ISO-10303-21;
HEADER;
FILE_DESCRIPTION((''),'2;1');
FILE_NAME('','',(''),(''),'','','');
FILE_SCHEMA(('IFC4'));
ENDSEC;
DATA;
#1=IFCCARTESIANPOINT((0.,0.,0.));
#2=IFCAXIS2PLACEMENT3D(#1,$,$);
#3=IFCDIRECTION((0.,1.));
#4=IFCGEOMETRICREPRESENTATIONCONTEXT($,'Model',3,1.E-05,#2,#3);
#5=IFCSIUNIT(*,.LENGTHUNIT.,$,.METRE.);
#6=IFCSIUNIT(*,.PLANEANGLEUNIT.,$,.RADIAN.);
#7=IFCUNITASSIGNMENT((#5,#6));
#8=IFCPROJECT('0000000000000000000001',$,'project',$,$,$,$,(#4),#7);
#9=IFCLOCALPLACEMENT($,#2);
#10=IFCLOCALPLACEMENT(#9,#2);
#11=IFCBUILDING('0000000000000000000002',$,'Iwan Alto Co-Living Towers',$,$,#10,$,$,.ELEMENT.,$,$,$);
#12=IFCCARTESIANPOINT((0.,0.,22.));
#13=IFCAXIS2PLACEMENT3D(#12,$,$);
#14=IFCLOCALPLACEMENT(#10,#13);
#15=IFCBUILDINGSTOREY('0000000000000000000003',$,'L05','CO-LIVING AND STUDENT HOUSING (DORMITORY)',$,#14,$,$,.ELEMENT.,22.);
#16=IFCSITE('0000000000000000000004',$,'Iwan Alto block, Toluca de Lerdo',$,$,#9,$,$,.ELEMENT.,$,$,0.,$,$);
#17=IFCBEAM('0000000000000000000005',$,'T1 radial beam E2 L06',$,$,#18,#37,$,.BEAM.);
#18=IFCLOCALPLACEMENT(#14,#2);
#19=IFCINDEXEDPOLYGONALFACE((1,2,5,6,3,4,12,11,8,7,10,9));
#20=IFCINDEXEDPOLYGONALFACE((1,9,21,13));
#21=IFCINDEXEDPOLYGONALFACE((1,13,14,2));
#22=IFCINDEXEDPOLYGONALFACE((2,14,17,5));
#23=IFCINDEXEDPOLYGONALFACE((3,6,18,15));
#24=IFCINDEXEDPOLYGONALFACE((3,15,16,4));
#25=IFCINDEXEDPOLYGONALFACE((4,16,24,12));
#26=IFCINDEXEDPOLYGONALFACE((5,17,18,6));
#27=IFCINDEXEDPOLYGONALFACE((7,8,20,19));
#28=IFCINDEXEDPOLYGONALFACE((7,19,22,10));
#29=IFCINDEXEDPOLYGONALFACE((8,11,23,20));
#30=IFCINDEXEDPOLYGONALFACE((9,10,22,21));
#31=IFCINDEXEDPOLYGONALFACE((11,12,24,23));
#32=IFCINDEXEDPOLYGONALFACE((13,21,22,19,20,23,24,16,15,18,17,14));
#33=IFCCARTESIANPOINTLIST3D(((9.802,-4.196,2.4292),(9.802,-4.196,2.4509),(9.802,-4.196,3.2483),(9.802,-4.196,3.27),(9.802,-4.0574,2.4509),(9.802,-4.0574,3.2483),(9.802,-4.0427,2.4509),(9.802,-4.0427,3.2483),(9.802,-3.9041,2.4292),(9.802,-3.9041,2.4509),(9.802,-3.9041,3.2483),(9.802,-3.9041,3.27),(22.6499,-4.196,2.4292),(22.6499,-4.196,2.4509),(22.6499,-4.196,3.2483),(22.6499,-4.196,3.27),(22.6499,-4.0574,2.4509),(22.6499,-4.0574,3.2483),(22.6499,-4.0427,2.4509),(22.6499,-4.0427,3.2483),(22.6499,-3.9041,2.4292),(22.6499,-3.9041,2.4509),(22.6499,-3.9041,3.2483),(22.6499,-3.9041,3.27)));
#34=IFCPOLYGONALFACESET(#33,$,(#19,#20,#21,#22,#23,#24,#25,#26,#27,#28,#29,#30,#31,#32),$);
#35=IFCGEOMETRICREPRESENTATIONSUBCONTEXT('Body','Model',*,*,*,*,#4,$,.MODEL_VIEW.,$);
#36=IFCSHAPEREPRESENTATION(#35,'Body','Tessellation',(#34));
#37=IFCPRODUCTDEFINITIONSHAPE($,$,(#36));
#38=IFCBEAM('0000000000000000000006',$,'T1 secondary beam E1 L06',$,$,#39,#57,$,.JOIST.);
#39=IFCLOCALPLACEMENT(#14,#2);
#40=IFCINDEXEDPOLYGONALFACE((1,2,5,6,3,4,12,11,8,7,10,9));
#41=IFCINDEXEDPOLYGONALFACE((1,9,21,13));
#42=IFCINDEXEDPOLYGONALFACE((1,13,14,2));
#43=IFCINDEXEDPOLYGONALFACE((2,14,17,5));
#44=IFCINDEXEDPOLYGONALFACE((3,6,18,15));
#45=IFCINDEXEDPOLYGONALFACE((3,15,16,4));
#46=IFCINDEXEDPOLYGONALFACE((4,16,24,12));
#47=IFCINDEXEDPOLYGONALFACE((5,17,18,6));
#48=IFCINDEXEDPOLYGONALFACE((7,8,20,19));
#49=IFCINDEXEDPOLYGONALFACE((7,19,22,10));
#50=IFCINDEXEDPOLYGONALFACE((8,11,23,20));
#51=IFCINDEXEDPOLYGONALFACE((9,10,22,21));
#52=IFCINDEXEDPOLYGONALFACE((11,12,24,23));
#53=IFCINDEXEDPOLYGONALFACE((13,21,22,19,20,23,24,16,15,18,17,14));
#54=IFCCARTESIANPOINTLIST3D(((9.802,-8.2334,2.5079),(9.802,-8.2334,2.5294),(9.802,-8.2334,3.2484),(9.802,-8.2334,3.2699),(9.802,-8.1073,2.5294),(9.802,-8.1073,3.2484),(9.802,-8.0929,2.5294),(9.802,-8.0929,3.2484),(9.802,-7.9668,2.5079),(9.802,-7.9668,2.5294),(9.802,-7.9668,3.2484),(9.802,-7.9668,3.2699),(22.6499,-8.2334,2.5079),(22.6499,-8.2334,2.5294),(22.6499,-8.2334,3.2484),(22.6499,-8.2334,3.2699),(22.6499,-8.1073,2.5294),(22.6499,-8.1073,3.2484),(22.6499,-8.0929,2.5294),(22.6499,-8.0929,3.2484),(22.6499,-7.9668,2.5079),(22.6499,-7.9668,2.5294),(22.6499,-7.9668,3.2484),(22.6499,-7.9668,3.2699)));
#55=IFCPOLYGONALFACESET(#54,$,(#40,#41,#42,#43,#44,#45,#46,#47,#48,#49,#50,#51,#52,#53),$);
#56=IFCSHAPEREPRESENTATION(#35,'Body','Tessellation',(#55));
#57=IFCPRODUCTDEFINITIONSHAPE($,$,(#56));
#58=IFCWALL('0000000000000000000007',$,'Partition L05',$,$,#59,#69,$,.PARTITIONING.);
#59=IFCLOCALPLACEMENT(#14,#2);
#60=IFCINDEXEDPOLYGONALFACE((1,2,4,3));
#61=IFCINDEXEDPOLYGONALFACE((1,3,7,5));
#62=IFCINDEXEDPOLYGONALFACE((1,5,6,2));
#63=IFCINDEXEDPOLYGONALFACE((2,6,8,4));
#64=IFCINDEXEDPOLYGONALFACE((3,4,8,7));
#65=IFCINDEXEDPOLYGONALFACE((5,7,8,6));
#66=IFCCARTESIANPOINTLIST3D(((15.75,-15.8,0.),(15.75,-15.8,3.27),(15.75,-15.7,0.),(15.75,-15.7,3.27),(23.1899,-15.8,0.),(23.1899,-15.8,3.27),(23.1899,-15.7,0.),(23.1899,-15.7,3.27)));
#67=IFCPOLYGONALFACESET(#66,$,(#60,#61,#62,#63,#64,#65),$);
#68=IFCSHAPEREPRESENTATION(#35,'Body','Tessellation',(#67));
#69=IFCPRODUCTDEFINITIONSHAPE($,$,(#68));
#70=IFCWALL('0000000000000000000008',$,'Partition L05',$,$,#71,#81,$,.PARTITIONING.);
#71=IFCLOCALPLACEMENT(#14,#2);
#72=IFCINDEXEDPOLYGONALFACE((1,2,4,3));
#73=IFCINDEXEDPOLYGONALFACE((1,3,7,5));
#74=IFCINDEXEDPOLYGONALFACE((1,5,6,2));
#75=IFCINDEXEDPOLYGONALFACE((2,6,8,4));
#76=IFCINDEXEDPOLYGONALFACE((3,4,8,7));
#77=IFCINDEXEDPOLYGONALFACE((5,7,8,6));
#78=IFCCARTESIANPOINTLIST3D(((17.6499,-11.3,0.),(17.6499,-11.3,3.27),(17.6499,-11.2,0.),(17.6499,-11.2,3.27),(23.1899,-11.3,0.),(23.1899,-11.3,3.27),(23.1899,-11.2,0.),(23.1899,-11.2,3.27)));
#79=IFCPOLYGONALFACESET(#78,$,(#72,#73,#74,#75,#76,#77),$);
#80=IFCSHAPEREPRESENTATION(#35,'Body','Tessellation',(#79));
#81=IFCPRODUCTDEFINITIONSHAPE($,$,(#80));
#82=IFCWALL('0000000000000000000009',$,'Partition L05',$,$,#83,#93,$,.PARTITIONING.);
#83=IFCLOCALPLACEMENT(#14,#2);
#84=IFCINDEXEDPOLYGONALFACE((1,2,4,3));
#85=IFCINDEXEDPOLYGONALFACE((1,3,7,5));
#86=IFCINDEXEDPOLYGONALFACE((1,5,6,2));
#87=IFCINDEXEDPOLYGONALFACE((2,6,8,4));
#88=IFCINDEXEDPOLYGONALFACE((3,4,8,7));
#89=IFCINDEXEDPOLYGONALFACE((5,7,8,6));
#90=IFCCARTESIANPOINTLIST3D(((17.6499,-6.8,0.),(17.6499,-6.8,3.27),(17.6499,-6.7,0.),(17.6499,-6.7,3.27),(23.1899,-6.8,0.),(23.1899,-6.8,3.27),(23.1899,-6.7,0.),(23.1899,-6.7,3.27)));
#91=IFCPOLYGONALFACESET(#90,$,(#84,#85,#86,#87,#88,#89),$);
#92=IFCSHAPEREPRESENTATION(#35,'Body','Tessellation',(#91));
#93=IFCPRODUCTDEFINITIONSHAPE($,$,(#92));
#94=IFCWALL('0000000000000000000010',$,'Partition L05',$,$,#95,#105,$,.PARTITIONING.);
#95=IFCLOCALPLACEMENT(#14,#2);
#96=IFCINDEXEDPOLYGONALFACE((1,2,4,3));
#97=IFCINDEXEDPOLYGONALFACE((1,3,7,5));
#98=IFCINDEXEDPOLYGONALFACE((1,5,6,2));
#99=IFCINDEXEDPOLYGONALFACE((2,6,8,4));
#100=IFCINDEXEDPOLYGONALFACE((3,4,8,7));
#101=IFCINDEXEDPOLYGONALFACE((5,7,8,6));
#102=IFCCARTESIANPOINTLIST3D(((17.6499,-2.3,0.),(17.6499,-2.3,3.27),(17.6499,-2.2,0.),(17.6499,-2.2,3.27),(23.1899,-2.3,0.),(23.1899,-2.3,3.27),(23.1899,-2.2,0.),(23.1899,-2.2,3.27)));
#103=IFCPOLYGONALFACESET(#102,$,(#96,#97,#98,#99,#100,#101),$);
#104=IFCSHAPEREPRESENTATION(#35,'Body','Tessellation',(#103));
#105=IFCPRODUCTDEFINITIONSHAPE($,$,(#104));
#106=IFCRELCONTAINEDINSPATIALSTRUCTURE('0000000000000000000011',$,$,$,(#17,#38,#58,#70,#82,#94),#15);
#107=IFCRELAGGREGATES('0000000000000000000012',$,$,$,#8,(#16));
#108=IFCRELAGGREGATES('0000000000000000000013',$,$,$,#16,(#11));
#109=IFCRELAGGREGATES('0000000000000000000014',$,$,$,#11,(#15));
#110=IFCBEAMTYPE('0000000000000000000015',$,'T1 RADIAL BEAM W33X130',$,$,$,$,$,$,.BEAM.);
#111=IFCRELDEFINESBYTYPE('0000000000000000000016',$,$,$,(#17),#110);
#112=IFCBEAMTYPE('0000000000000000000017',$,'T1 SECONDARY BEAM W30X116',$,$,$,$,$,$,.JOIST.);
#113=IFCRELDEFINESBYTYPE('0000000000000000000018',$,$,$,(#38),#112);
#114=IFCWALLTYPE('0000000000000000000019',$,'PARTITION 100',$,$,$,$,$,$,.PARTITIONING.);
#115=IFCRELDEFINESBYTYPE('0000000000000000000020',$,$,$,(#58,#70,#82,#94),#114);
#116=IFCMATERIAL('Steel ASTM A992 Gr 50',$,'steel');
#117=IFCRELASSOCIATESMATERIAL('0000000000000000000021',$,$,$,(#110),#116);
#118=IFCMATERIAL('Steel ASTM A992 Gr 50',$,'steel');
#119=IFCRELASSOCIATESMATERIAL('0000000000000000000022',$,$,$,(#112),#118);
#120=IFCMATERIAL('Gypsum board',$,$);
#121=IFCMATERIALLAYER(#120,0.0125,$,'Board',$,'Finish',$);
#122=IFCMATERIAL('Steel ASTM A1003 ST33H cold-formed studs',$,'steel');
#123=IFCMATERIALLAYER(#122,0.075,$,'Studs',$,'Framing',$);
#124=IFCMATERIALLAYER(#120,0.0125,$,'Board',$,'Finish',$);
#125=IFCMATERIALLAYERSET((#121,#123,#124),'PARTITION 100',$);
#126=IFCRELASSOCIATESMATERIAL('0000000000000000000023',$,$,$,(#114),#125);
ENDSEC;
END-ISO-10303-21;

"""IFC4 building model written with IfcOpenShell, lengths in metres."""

from ifc_helpers import new_model, si_unit, direction, frame, frame_2d, origin, origin_2d, place, context, subcontext, project, spatial, rectangle, i_section, extrude, material, layer, layer_set, material_profile, profile_set, type_object, element, save


model = new_model("IFC4")

# Units and contexts
model_context = context("Model", 3, precision=1e-05, world=origin(), true_north=direction((0.0, 1.0)))
body_context = subcontext(model_context, "Body", "Model", "MODEL_VIEW")
ifc_project = project(units=[si_unit("LENGTHUNIT", "METRE"), si_unit("PLANEANGLEUNIT", "RADIAN")], contexts=[model_context])

# Site, building, storey
site_placement = place(None, origin())
site = spatial("IfcSite", under=ifc_project, at=site_placement, Name="Iwan Alto block, Toluca de Lerdo", CompositionType="ELEMENT", RefElevation=0.0)
building_placement = place(site_placement, origin())
building = spatial("IfcBuilding", under=site, at=building_placement, Name="Iwan Alto Co-Living Towers", CompositionType="ELEMENT")
storey_placement = place(building_placement, frame((0.0, 0.0, 22.0)))
storey = spatial("IfcBuildingStorey", under=building, at=storey_placement, Name="L05", Description="CO-LIVING AND STUDENT HOUSING (DORMITORY)", CompositionType="ELEMENT", Elevation=22.0)

# Beams
ifc_material_1 = material(Name="Steel ASTM A992 Gr 50", Category="steel")
ifc_material_profile_1 = material_profile(ifc_material_1, i_section(OverallWidth=0.292, OverallDepth=0.8408, WebThickness=0.0146, FlangeThickness=0.0217, at=origin_2d()), Name="W33X130")
ifc_profile_set_1 = profile_set([ifc_material_profile_1], Name="Steel ASTM A992 Gr 50")
beam_type_1 = type_object("IfcBeamType", Name="T1 RADIAL BEAM W33X130", PredefinedType="BEAM", material=ifc_profile_set_1)
beam_1_placement = place(storey_placement, frame((22.6499, -4.05, 2.8496), z_axis=(-1.0, 0.0, 0.0), x_axis=(0.0, -1.0, 0.0)))
element("IfcBeam", 1, at=beam_1_placement, inside=storey, type_object=beam_type_1, Name="T1 radial beam E2 L06", PredefinedType="BEAM", context=body_context, shape_type="SweptSolid", body=[
    extrude(i_section(OverallWidth=0.292, OverallDepth=0.8408, WebThickness=0.0146, FlangeThickness=0.0217, at=origin_2d()), origin(), (0.0, 0.0, 1.0), 12.8479),
])
ifc_material_2 = material(Name="Steel ASTM A992 Gr 50", Category="steel")
ifc_material_profile_2 = material_profile(ifc_material_2, i_section(OverallWidth=0.2666, OverallDepth=0.762, WebThickness=0.0144, FlangeThickness=0.0215, at=origin_2d()), Name="W30X116")
ifc_profile_set_2 = profile_set([ifc_material_profile_2], Name="Steel ASTM A992 Gr 50")
beam_type_2 = type_object("IfcBeamType", Name="T1 SECONDARY BEAM W30X116", PredefinedType="JOIST", material=ifc_profile_set_2)
beam_2_placement = place(storey_placement, frame((22.6499, -8.1001, 2.8889), z_axis=(-1.0, 0.0, 0.0), x_axis=(0.0, -1.0, 0.0)))
element("IfcBeam", 2, at=beam_2_placement, inside=storey, type_object=beam_type_2, Name="T1 secondary beam E1 L06", PredefinedType="JOIST", context=body_context, shape_type="SweptSolid", body=[
    extrude(i_section(OverallWidth=0.2666, OverallDepth=0.762, WebThickness=0.0144, FlangeThickness=0.0215, at=origin_2d()), origin(), (0.0, 0.0, 1.0), 12.8479),
])

# Walls
ifc_material_3 = material(Name="Gypsum board")
ifc_layer_1 = layer(ifc_material_3, 0.0125, Name="Board", Category="Finish")
ifc_material_4 = material(Name="Steel ASTM A1003 ST33H cold-formed studs", Category="steel")
ifc_layer_2 = layer(ifc_material_4, 0.075, Name="Studs", Category="Framing")
ifc_layer_3 = layer(ifc_material_3, 0.0125, Name="Board", Category="Finish")
ifc_layer_set_1 = layer_set([ifc_layer_1, ifc_layer_2, ifc_layer_3], Name="PARTITION 100")
wall_type_1 = type_object("IfcWallType", Name="PARTITION 100", PredefinedType="PARTITIONING", material=ifc_layer_set_1)
wall_1_placement = place(storey_placement, frame((15.75, -15.75, 0.0), z_axis=(0.0, 0.0, 1.0), x_axis=(1.0, 0.0, 0.0)))
element("IfcWall", 3, at=wall_1_placement, inside=storey, type_object=wall_type_1, Name="Partition L05", PredefinedType="PARTITIONING", context=body_context, shape_type="SweptSolid", body=[
    extrude(rectangle(XDim=7.4399, YDim=0.1001, at=frame_2d((3.72, 0.0))), origin(), (0.0, 0.0, 1.0), 3.27),
])
for number, where, z_axis, x_axis, name in (
    (4, (17.6499, -11.25, 0.0), (0.0, 0.0, 1.0), (1.0, 0.0, 0.0), "Partition L05"),
    (5, (17.6499, -6.75, 0.0), (0.0, 0.0, 1.0), (1.0, 0.0, 0.0), "Partition L05"),
    (6, (17.6499, -2.25, 0.0), (0.0, 0.0, 1.0), (1.0, 0.0, 0.0), "Partition L05"),
):
    element("IfcWall", number, at=place(storey_placement, frame(where, z_axis=z_axis, x_axis=x_axis)), inside=storey, type_object=wall_type_1, Name=name, PredefinedType="PARTITIONING", context=body_context, shape_type="SweptSolid", body=[
        extrude(rectangle(XDim=5.54, YDim=0.1001, at=frame_2d((2.77, 0.0))), origin(), (0.0, 0.0, 1.0), 3.27),
    ])

save(model, "model.ifc")
